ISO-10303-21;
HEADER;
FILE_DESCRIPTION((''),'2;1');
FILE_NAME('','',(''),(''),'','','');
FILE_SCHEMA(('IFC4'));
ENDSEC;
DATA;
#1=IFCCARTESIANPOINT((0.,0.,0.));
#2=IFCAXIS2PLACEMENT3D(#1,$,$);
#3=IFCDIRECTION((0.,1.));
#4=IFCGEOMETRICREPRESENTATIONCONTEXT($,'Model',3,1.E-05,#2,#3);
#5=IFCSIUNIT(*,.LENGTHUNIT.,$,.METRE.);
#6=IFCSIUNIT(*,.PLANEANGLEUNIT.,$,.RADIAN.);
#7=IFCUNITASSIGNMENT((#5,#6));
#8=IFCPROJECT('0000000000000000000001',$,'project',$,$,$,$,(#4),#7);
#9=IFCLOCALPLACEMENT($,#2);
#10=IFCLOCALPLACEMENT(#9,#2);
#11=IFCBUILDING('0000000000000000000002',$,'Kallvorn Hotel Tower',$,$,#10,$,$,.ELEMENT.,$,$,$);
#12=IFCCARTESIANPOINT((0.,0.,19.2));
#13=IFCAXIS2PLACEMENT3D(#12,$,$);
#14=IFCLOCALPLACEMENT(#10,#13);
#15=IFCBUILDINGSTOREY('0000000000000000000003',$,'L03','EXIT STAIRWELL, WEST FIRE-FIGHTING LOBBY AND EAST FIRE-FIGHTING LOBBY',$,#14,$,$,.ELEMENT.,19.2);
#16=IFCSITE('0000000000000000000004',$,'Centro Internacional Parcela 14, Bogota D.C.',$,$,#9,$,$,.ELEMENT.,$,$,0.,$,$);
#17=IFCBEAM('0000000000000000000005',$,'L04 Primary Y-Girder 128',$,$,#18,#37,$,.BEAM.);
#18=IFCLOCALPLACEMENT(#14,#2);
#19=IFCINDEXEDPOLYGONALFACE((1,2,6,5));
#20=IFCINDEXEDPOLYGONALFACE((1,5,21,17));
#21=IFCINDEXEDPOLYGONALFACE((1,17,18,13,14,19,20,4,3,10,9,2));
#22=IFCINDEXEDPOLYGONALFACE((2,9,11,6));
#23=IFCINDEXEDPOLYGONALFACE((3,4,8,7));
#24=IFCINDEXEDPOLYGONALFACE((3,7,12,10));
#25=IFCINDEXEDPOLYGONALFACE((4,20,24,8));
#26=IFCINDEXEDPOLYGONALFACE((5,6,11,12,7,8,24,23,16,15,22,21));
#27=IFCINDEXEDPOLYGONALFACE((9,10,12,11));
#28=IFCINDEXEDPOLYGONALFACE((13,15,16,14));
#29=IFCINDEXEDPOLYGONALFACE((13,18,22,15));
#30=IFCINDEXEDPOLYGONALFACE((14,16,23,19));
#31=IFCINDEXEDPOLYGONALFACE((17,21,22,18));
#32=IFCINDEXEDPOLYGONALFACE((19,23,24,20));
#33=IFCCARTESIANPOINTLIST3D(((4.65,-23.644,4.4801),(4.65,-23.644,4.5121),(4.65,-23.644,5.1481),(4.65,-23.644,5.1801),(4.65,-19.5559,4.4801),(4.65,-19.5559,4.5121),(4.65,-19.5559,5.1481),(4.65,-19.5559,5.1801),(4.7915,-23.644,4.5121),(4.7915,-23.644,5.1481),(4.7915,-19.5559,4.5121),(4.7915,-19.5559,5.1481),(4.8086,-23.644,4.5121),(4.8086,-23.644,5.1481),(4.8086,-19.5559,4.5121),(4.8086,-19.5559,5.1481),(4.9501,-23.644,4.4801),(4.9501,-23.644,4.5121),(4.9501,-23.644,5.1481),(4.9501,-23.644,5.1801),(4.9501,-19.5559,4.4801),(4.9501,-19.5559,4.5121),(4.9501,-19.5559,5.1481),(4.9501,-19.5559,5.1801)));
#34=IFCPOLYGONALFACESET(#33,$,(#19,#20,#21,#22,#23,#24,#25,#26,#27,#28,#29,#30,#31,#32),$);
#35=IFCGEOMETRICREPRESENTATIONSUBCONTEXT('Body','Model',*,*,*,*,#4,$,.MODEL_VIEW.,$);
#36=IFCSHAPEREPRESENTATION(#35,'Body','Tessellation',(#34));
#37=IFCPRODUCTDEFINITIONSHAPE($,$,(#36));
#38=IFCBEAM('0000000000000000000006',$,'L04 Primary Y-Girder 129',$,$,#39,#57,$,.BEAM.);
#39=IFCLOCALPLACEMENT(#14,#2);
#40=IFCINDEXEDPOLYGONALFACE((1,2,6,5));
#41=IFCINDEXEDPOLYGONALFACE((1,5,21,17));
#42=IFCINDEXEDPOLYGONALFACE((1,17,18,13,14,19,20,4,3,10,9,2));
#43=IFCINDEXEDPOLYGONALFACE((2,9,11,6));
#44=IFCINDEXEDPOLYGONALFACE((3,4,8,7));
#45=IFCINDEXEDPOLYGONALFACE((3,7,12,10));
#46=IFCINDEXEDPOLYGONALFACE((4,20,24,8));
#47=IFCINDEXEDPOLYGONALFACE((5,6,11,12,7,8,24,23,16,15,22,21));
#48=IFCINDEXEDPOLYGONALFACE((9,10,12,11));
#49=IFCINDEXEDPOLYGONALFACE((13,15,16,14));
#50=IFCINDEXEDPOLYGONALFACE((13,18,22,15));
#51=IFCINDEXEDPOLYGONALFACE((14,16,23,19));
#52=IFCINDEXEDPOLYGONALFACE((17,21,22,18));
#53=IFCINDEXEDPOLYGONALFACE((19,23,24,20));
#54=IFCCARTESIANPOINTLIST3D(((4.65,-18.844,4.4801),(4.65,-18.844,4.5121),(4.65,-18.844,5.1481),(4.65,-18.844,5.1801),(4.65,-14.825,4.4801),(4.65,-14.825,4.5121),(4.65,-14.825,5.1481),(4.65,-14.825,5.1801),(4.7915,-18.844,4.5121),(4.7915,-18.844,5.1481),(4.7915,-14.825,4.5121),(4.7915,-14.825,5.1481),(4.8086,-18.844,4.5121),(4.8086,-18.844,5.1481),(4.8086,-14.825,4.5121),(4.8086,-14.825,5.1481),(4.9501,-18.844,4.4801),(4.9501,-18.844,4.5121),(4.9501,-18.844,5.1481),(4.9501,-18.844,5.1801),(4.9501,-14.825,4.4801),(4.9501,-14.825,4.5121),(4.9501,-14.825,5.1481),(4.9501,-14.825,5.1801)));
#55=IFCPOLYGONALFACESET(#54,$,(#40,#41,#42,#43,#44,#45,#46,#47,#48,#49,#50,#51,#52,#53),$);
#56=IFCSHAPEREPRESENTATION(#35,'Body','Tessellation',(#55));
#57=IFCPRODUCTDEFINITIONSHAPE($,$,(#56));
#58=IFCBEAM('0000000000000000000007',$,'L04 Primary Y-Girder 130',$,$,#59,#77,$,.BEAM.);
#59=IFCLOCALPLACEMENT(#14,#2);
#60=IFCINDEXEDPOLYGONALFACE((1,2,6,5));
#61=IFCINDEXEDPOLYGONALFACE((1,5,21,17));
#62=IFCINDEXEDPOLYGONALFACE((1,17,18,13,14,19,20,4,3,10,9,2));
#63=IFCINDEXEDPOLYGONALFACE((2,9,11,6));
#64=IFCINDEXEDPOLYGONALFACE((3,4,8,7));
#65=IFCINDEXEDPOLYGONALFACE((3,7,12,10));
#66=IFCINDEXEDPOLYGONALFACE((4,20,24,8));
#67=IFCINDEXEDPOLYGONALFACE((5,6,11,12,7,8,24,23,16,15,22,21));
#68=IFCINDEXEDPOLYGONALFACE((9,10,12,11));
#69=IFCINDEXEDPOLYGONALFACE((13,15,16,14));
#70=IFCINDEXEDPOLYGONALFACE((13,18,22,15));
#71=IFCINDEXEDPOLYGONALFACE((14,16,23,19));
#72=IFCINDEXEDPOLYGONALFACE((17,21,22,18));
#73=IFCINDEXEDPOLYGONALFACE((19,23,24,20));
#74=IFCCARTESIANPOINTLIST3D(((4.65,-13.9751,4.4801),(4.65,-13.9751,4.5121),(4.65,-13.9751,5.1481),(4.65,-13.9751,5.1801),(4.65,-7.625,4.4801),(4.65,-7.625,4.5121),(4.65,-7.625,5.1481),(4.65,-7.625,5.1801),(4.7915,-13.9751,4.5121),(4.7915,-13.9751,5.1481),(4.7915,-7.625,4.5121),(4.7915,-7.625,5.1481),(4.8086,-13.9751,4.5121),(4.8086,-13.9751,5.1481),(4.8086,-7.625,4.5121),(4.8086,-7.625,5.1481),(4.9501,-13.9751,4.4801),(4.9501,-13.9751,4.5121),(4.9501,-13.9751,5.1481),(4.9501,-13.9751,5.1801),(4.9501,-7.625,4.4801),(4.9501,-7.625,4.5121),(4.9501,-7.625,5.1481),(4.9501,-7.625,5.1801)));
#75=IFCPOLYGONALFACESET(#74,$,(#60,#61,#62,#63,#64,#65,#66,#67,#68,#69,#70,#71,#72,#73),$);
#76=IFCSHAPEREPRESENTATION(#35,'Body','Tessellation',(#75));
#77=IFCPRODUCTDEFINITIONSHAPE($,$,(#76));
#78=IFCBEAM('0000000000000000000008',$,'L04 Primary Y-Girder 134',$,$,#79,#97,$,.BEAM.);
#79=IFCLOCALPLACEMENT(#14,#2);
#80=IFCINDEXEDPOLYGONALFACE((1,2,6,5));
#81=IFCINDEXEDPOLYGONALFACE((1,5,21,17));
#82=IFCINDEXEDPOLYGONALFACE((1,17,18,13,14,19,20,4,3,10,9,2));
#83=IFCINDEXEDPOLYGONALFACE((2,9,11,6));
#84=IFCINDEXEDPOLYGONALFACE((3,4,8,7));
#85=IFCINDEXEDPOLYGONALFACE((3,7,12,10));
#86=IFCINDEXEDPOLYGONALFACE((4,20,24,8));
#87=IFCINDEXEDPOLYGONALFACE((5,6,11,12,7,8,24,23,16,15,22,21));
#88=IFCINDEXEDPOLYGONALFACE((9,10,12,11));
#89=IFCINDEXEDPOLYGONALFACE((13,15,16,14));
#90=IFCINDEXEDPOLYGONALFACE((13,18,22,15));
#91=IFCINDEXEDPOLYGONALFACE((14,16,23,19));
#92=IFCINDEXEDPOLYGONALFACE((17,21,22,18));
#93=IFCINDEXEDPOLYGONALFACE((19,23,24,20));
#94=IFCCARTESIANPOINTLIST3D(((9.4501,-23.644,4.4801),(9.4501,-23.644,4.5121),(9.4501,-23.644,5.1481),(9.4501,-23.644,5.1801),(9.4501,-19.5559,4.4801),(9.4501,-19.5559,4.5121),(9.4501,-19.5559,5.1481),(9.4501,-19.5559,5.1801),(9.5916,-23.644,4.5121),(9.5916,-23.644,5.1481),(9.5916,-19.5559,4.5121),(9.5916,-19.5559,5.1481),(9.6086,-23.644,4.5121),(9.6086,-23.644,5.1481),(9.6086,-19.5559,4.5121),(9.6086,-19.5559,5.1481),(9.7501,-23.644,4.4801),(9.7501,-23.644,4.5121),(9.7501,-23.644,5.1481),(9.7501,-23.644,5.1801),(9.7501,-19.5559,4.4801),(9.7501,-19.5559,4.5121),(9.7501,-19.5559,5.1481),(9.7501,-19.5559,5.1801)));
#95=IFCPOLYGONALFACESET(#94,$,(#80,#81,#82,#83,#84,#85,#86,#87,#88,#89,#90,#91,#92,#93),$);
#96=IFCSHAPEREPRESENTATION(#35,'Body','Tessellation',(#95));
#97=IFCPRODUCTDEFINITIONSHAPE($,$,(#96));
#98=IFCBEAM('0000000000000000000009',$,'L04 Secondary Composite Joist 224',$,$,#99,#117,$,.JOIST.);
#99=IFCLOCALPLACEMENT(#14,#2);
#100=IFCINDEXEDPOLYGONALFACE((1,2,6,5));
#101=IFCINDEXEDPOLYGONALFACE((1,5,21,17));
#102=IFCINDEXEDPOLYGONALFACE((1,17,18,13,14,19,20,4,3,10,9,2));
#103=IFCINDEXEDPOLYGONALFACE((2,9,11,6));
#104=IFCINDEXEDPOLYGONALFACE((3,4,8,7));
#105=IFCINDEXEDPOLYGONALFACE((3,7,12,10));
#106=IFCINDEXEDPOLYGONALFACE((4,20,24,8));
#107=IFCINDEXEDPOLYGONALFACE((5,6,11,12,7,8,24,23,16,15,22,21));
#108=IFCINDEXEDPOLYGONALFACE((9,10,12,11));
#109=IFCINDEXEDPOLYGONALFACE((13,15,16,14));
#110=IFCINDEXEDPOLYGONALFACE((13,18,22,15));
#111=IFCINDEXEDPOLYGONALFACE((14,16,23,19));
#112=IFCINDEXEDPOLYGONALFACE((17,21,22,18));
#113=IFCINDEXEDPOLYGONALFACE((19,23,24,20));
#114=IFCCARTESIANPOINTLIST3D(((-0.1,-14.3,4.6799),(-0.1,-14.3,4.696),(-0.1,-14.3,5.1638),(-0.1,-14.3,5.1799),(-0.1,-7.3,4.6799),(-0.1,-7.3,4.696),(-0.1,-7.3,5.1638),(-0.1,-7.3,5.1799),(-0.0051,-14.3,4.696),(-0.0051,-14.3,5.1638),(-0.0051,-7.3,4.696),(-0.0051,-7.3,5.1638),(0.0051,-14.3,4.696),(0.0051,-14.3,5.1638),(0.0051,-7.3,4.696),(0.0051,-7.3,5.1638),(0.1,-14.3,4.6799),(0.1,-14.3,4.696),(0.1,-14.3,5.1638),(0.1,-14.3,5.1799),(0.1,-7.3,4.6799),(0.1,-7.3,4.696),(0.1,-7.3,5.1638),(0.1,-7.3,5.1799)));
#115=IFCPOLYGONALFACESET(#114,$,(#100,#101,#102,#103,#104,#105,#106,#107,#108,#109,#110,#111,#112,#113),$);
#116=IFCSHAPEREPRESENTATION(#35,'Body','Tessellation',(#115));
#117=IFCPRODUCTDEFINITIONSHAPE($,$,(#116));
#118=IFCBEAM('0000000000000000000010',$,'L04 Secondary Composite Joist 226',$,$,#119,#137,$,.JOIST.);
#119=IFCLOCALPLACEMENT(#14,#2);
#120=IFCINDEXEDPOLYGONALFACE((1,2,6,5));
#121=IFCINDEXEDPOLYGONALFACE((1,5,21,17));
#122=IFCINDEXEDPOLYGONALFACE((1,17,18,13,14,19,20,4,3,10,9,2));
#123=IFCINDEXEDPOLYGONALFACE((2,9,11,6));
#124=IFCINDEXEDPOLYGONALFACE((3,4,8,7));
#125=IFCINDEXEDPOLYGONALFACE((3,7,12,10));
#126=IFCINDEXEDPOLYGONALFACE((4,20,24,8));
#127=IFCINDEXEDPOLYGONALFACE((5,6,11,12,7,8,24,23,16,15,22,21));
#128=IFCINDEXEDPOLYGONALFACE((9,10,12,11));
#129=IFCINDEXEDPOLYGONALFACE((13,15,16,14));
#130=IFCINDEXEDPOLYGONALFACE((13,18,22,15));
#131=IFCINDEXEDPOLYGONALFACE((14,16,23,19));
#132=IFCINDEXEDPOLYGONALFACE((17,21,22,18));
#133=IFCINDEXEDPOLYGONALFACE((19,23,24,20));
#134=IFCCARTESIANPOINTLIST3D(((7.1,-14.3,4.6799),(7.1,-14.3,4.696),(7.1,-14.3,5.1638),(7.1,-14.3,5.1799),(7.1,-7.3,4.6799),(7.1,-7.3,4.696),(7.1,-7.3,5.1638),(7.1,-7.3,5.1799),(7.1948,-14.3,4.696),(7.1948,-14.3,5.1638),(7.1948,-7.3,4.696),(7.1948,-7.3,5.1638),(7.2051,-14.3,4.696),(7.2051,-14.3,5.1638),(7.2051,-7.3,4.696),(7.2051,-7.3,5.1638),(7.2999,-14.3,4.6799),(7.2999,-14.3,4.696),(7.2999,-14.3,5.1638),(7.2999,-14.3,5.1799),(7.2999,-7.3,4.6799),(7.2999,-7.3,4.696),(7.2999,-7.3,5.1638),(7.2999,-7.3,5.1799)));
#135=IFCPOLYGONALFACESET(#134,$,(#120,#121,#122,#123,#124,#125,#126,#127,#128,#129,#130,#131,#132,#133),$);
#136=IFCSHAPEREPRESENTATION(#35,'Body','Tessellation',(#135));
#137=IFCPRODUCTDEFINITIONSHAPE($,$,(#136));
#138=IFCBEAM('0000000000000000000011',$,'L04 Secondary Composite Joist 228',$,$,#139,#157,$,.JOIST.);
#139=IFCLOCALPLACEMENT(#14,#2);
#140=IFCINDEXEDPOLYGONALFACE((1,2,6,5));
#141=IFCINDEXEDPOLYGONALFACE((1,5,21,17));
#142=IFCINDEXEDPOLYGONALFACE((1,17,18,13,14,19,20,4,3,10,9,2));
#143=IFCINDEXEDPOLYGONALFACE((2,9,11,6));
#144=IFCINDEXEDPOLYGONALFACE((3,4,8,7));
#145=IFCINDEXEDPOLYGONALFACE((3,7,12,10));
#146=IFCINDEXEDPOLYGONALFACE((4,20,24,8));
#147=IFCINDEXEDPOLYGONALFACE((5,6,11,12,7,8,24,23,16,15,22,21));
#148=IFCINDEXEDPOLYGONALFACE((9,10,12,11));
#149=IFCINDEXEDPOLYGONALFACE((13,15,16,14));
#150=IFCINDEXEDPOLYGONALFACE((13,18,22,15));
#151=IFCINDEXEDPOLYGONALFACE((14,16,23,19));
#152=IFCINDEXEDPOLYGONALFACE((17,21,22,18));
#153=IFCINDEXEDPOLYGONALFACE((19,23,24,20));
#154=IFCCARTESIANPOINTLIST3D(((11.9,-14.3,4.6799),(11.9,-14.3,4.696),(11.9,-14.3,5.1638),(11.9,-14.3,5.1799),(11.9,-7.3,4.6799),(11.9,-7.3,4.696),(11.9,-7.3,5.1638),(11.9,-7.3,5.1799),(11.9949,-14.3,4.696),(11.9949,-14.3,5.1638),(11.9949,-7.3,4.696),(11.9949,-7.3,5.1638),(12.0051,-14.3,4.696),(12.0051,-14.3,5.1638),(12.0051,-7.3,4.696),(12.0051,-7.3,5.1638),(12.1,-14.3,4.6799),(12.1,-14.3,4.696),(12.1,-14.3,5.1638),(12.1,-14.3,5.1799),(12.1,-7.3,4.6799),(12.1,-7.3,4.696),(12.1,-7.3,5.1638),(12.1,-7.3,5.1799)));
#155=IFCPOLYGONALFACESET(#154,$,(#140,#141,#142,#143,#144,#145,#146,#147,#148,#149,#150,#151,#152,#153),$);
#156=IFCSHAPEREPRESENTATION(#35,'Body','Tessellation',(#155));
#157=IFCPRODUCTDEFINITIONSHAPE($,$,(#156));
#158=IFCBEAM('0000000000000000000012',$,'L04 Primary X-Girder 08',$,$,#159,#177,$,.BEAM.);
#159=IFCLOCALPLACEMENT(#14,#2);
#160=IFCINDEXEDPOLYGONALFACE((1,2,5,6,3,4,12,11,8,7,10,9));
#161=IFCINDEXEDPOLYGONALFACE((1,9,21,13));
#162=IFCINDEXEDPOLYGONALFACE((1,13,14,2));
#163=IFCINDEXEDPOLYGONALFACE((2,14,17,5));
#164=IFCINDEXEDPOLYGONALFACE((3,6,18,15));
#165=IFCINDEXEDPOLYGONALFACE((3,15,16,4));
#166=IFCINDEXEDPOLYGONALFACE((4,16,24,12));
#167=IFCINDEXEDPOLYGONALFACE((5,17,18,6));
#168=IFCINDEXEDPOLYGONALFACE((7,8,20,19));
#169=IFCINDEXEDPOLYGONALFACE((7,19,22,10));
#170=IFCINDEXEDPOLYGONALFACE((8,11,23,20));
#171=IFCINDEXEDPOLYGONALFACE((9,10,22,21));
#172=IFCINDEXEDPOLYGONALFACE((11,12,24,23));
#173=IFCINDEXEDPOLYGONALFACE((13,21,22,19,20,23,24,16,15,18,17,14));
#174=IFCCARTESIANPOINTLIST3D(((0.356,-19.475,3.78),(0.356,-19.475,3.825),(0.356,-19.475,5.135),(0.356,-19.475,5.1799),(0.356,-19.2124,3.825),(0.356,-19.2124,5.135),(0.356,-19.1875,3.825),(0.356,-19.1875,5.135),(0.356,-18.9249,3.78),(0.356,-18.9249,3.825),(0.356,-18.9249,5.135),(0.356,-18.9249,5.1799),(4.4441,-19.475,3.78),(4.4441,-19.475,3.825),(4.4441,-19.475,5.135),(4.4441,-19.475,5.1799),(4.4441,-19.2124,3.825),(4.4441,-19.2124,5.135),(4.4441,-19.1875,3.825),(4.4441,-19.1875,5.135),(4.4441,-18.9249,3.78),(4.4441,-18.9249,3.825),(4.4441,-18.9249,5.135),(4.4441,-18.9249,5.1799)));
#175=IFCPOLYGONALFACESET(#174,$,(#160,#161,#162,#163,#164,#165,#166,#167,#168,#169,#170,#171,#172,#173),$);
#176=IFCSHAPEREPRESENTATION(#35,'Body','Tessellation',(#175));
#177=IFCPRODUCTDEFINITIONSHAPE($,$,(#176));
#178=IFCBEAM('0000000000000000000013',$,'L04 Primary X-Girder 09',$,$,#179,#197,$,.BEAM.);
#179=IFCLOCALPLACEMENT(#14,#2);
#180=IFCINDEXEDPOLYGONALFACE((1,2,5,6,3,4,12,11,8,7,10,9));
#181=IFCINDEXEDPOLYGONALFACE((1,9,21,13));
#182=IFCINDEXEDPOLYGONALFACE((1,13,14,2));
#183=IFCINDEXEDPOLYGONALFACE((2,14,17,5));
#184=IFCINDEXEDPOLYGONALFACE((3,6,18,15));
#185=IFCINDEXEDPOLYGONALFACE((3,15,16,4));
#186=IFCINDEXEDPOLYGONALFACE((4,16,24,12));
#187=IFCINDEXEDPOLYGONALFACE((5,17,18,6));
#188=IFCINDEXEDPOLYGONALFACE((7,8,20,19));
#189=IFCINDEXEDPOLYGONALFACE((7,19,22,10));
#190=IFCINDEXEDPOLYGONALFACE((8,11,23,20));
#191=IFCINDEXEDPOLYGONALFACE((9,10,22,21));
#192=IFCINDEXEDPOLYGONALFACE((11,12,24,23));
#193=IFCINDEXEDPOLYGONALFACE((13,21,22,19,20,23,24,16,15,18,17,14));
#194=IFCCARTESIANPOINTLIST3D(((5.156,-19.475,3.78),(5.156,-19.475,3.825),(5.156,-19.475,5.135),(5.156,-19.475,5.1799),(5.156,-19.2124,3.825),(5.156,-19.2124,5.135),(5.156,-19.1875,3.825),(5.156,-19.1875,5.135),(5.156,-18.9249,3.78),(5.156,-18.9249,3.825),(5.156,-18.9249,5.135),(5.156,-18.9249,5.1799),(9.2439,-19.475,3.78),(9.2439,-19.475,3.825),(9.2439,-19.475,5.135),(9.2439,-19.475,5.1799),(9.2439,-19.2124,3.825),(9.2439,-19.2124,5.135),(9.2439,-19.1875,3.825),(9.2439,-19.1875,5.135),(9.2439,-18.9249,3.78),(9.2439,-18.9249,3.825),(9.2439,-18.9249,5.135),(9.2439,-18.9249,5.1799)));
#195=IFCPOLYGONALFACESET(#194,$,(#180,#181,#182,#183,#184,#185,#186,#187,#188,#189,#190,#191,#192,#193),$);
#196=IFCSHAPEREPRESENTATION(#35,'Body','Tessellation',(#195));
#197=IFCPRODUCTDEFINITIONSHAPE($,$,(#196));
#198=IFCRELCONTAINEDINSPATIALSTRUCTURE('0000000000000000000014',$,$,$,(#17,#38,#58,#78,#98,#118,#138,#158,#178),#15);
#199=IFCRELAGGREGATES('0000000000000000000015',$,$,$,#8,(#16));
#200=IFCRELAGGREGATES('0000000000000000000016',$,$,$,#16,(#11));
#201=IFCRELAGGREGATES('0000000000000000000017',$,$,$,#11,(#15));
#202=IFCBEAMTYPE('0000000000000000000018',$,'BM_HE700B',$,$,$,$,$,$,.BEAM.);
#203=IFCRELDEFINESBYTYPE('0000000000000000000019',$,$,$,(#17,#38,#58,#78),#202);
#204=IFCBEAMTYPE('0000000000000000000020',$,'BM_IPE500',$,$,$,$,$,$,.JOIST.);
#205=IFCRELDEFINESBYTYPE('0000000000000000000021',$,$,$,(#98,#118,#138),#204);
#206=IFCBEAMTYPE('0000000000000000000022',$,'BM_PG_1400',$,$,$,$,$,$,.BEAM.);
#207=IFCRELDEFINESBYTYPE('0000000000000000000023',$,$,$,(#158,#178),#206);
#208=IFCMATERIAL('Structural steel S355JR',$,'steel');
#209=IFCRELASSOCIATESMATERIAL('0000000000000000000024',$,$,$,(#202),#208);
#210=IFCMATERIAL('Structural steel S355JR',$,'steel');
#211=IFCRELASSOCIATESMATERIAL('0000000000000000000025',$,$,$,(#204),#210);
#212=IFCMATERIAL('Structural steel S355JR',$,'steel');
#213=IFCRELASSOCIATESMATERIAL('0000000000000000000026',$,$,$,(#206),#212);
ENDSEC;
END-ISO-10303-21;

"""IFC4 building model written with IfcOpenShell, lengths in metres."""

from ifc_helpers import new_model, si_unit, direction, frame, origin, origin_2d, place, context, subcontext, project, spatial, i_section, extrude, material, material_profile, profile_set, type_object, element, save


model = new_model("IFC4")

# Units and contexts
model_context = context("Model", 3, precision=1e-05, world=origin(), true_north=direction((0.0, 1.0)))
body_context = subcontext(model_context, "Body", "Model", "MODEL_VIEW")
ifc_project = project(units=[si_unit("LENGTHUNIT", "METRE"), si_unit("PLANEANGLEUNIT", "RADIAN")], contexts=[model_context])

# Site, building, storey
site_placement = place(None, origin())
site = spatial("IfcSite", under=ifc_project, at=site_placement, Name="Centro Internacional Parcela 14, Bogota D.C.", CompositionType="ELEMENT", RefElevation=0.0)
building_placement = place(site_placement, origin())
building = spatial("IfcBuilding", under=site, at=building_placement, Name="Kallvorn Hotel Tower", CompositionType="ELEMENT")
storey_placement = place(building_placement, frame((0.0, 0.0, 19.2)))
storey = spatial("IfcBuildingStorey", under=building, at=storey_placement, Name="L03", Description="EXIT STAIRWELL, WEST FIRE-FIGHTING LOBBY AND EAST FIRE-FIGHTING LOBBY", CompositionType="ELEMENT", Elevation=19.2)

# Beams
ifc_material_1 = material(Name="Structural steel S355JR", Category="steel")
ifc_material_profile_1 = material_profile(ifc_material_1, i_section(OverallWidth=0.3, OverallDepth=0.7, WebThickness=0.0171, FlangeThickness=0.032, at=origin_2d()), Name="HE 700 B")
ifc_profile_set_1 = profile_set([ifc_material_profile_1], Name="Structural steel S355JR")
beam_type_1 = type_object("IfcBeamType", Name="BM_HE700B", PredefinedType="BEAM", material=ifc_profile_set_1)
for number, where, z_axis, x_axis, name in (
    (1, (4.8, -23.644, 4.8301), (0.0, 1.0, 0.0), (-1.0, 0.0, 0.0), "L04 Primary Y-Girder 128"),
):
    element("IfcBeam", number, at=place(storey_placement, frame(where, z_axis=z_axis, x_axis=x_axis)), inside=storey, type_object=beam_type_1, Name=name, PredefinedType="BEAM", context=body_context, shape_type="SweptSolid", body=[
        extrude(i_section(OverallWidth=0.3, OverallDepth=0.7, WebThickness=0.0171, FlangeThickness=0.032, at=origin_2d()), origin(), (0.0, 0.0, 1.0), 4.0881),
    ])
beam_1_placement = place(storey_placement, frame((4.8, -18.844, 4.8301), z_axis=(0.0, 1.0, 0.0), x_axis=(-1.0, 0.0, 0.0)))
element("IfcBeam", 2, at=beam_1_placement, inside=storey, type_object=beam_type_1, Name="L04 Primary Y-Girder 129", PredefinedType="BEAM", context=body_context, shape_type="SweptSolid", body=[
    extrude(i_section(OverallWidth=0.3, OverallDepth=0.7, WebThickness=0.0171, FlangeThickness=0.032, at=origin_2d()), origin(), (0.0, 0.0, 1.0), 4.019),
])
beam_2_placement = place(storey_placement, frame((4.8, -13.9751, 4.8301), z_axis=(0.0, 1.0, 0.0), x_axis=(-1.0, 0.0, 0.0)))
element("IfcBeam", 3, at=beam_2_placement, inside=storey, type_object=beam_type_1, Name="L04 Primary Y-Girder 130", PredefinedType="BEAM", context=body_context, shape_type="SweptSolid", body=[
    extrude(i_section(OverallWidth=0.3, OverallDepth=0.7, WebThickness=0.0171, FlangeThickness=0.032, at=origin_2d()), origin(), (0.0, 0.0, 1.0), 6.3501),
])
beam_3_placement = place(storey_placement, frame((9.6001, -23.644, 4.8301), z_axis=(0.0, 1.0, 0.0), x_axis=(-1.0, 0.0, 0.0)))
element("IfcBeam", 4, at=beam_3_placement, inside=storey, type_object=beam_type_1, Name="L04 Primary Y-Girder 134", PredefinedType="BEAM", context=body_context, shape_type="SweptSolid", body=[
    extrude(i_section(OverallWidth=0.3, OverallDepth=0.7, WebThickness=0.0171, FlangeThickness=0.032, at=origin_2d()), origin(), (0.0, 0.0, 1.0), 4.0881),
])
ifc_material_2 = material(Name="Structural steel S355JR", Category="steel")
ifc_material_profile_2 = material_profile(ifc_material_2, i_section(OverallWidth=0.2, OverallDepth=0.5, WebThickness=0.0103, FlangeThickness=0.0161, at=origin_2d()), Name="IPE 500")
ifc_profile_set_2 = profile_set([ifc_material_profile_2], Name="Structural steel S355JR")
beam_type_2 = type_object("IfcBeamType", Name="BM_IPE500", PredefinedType="JOIST", material=ifc_profile_set_2)
for number, where, z_axis, x_axis, name in (
    (5, (0.0, -14.3, 4.9299), (0.0, 1.0, 0.0), (-1.0, 0.0, 0.0), "L04 Secondary Composite Joist 224"),
    (6, (7.2, -14.3, 4.9299), (0.0, 1.0, 0.0), (-1.0, 0.0, 0.0), "L04 Secondary Composite Joist 226"),
    (7, (12.0, -14.3, 4.9299), (0.0, 1.0, 0.0), (-1.0, 0.0, 0.0), "L04 Secondary Composite Joist 228"),
):
    element("IfcBeam", number, at=place(storey_placement, frame(where, z_axis=z_axis, x_axis=x_axis)), inside=storey, type_object=beam_type_2, Name=name, PredefinedType="JOIST", context=body_context, shape_type="SweptSolid", body=[
        extrude(i_section(OverallWidth=0.2, OverallDepth=0.5, WebThickness=0.0103, FlangeThickness=0.0161, at=origin_2d()), origin(), (0.0, 0.0, 1.0), 7.0),
    ])
ifc_material_3 = material(Name="Structural steel S355JR", Category="steel")
ifc_material_profile_3 = material_profile(ifc_material_3, i_section(OverallWidth=0.55, OverallDepth=1.3999, WebThickness=0.0249, FlangeThickness=0.0449, at=origin_2d()), Name="PG 1400x550x25x45")
ifc_profile_set_3 = profile_set([ifc_material_profile_3], Name="Structural steel S355JR")
beam_type_3 = type_object("IfcBeamType", Name="BM_PG_1400", PredefinedType="BEAM", material=ifc_profile_set_3)
beam_4_placement = place(storey_placement, frame((0.356, -19.2, 4.48), z_axis=(1.0, 0.0, 0.0), x_axis=(0.0, 1.0, 0.0)))
element("IfcBeam", 8, at=beam_4_placement, inside=storey, type_object=beam_type_3, Name="L04 Primary X-Girder 08", PredefinedType="BEAM", context=body_context, shape_type="SweptSolid", body=[
    extrude(i_section(OverallWidth=0.55, OverallDepth=1.3999, WebThickness=0.0249, FlangeThickness=0.0449, at=origin_2d()), origin(), (0.0, 0.0, 1.0), 4.0881),
])
for number, where, z_axis, x_axis, name in (
    (9, (5.156, -19.2, 4.48), (1.0, 0.0, 0.0), (0.0, 1.0, 0.0), "L04 Primary X-Girder 09"),
):
    element("IfcBeam", number, at=place(storey_placement, frame(where, z_axis=z_axis, x_axis=x_axis)), inside=storey, type_object=beam_type_3, Name=name, PredefinedType="BEAM", context=body_context, shape_type="SweptSolid", body=[
        extrude(i_section(OverallWidth=0.55, OverallDepth=1.3999, WebThickness=0.0249, FlangeThickness=0.0449, at=origin_2d()), origin(), (0.0, 0.0, 1.0), 4.0879),
    ])

save(model, "model.ifc")
